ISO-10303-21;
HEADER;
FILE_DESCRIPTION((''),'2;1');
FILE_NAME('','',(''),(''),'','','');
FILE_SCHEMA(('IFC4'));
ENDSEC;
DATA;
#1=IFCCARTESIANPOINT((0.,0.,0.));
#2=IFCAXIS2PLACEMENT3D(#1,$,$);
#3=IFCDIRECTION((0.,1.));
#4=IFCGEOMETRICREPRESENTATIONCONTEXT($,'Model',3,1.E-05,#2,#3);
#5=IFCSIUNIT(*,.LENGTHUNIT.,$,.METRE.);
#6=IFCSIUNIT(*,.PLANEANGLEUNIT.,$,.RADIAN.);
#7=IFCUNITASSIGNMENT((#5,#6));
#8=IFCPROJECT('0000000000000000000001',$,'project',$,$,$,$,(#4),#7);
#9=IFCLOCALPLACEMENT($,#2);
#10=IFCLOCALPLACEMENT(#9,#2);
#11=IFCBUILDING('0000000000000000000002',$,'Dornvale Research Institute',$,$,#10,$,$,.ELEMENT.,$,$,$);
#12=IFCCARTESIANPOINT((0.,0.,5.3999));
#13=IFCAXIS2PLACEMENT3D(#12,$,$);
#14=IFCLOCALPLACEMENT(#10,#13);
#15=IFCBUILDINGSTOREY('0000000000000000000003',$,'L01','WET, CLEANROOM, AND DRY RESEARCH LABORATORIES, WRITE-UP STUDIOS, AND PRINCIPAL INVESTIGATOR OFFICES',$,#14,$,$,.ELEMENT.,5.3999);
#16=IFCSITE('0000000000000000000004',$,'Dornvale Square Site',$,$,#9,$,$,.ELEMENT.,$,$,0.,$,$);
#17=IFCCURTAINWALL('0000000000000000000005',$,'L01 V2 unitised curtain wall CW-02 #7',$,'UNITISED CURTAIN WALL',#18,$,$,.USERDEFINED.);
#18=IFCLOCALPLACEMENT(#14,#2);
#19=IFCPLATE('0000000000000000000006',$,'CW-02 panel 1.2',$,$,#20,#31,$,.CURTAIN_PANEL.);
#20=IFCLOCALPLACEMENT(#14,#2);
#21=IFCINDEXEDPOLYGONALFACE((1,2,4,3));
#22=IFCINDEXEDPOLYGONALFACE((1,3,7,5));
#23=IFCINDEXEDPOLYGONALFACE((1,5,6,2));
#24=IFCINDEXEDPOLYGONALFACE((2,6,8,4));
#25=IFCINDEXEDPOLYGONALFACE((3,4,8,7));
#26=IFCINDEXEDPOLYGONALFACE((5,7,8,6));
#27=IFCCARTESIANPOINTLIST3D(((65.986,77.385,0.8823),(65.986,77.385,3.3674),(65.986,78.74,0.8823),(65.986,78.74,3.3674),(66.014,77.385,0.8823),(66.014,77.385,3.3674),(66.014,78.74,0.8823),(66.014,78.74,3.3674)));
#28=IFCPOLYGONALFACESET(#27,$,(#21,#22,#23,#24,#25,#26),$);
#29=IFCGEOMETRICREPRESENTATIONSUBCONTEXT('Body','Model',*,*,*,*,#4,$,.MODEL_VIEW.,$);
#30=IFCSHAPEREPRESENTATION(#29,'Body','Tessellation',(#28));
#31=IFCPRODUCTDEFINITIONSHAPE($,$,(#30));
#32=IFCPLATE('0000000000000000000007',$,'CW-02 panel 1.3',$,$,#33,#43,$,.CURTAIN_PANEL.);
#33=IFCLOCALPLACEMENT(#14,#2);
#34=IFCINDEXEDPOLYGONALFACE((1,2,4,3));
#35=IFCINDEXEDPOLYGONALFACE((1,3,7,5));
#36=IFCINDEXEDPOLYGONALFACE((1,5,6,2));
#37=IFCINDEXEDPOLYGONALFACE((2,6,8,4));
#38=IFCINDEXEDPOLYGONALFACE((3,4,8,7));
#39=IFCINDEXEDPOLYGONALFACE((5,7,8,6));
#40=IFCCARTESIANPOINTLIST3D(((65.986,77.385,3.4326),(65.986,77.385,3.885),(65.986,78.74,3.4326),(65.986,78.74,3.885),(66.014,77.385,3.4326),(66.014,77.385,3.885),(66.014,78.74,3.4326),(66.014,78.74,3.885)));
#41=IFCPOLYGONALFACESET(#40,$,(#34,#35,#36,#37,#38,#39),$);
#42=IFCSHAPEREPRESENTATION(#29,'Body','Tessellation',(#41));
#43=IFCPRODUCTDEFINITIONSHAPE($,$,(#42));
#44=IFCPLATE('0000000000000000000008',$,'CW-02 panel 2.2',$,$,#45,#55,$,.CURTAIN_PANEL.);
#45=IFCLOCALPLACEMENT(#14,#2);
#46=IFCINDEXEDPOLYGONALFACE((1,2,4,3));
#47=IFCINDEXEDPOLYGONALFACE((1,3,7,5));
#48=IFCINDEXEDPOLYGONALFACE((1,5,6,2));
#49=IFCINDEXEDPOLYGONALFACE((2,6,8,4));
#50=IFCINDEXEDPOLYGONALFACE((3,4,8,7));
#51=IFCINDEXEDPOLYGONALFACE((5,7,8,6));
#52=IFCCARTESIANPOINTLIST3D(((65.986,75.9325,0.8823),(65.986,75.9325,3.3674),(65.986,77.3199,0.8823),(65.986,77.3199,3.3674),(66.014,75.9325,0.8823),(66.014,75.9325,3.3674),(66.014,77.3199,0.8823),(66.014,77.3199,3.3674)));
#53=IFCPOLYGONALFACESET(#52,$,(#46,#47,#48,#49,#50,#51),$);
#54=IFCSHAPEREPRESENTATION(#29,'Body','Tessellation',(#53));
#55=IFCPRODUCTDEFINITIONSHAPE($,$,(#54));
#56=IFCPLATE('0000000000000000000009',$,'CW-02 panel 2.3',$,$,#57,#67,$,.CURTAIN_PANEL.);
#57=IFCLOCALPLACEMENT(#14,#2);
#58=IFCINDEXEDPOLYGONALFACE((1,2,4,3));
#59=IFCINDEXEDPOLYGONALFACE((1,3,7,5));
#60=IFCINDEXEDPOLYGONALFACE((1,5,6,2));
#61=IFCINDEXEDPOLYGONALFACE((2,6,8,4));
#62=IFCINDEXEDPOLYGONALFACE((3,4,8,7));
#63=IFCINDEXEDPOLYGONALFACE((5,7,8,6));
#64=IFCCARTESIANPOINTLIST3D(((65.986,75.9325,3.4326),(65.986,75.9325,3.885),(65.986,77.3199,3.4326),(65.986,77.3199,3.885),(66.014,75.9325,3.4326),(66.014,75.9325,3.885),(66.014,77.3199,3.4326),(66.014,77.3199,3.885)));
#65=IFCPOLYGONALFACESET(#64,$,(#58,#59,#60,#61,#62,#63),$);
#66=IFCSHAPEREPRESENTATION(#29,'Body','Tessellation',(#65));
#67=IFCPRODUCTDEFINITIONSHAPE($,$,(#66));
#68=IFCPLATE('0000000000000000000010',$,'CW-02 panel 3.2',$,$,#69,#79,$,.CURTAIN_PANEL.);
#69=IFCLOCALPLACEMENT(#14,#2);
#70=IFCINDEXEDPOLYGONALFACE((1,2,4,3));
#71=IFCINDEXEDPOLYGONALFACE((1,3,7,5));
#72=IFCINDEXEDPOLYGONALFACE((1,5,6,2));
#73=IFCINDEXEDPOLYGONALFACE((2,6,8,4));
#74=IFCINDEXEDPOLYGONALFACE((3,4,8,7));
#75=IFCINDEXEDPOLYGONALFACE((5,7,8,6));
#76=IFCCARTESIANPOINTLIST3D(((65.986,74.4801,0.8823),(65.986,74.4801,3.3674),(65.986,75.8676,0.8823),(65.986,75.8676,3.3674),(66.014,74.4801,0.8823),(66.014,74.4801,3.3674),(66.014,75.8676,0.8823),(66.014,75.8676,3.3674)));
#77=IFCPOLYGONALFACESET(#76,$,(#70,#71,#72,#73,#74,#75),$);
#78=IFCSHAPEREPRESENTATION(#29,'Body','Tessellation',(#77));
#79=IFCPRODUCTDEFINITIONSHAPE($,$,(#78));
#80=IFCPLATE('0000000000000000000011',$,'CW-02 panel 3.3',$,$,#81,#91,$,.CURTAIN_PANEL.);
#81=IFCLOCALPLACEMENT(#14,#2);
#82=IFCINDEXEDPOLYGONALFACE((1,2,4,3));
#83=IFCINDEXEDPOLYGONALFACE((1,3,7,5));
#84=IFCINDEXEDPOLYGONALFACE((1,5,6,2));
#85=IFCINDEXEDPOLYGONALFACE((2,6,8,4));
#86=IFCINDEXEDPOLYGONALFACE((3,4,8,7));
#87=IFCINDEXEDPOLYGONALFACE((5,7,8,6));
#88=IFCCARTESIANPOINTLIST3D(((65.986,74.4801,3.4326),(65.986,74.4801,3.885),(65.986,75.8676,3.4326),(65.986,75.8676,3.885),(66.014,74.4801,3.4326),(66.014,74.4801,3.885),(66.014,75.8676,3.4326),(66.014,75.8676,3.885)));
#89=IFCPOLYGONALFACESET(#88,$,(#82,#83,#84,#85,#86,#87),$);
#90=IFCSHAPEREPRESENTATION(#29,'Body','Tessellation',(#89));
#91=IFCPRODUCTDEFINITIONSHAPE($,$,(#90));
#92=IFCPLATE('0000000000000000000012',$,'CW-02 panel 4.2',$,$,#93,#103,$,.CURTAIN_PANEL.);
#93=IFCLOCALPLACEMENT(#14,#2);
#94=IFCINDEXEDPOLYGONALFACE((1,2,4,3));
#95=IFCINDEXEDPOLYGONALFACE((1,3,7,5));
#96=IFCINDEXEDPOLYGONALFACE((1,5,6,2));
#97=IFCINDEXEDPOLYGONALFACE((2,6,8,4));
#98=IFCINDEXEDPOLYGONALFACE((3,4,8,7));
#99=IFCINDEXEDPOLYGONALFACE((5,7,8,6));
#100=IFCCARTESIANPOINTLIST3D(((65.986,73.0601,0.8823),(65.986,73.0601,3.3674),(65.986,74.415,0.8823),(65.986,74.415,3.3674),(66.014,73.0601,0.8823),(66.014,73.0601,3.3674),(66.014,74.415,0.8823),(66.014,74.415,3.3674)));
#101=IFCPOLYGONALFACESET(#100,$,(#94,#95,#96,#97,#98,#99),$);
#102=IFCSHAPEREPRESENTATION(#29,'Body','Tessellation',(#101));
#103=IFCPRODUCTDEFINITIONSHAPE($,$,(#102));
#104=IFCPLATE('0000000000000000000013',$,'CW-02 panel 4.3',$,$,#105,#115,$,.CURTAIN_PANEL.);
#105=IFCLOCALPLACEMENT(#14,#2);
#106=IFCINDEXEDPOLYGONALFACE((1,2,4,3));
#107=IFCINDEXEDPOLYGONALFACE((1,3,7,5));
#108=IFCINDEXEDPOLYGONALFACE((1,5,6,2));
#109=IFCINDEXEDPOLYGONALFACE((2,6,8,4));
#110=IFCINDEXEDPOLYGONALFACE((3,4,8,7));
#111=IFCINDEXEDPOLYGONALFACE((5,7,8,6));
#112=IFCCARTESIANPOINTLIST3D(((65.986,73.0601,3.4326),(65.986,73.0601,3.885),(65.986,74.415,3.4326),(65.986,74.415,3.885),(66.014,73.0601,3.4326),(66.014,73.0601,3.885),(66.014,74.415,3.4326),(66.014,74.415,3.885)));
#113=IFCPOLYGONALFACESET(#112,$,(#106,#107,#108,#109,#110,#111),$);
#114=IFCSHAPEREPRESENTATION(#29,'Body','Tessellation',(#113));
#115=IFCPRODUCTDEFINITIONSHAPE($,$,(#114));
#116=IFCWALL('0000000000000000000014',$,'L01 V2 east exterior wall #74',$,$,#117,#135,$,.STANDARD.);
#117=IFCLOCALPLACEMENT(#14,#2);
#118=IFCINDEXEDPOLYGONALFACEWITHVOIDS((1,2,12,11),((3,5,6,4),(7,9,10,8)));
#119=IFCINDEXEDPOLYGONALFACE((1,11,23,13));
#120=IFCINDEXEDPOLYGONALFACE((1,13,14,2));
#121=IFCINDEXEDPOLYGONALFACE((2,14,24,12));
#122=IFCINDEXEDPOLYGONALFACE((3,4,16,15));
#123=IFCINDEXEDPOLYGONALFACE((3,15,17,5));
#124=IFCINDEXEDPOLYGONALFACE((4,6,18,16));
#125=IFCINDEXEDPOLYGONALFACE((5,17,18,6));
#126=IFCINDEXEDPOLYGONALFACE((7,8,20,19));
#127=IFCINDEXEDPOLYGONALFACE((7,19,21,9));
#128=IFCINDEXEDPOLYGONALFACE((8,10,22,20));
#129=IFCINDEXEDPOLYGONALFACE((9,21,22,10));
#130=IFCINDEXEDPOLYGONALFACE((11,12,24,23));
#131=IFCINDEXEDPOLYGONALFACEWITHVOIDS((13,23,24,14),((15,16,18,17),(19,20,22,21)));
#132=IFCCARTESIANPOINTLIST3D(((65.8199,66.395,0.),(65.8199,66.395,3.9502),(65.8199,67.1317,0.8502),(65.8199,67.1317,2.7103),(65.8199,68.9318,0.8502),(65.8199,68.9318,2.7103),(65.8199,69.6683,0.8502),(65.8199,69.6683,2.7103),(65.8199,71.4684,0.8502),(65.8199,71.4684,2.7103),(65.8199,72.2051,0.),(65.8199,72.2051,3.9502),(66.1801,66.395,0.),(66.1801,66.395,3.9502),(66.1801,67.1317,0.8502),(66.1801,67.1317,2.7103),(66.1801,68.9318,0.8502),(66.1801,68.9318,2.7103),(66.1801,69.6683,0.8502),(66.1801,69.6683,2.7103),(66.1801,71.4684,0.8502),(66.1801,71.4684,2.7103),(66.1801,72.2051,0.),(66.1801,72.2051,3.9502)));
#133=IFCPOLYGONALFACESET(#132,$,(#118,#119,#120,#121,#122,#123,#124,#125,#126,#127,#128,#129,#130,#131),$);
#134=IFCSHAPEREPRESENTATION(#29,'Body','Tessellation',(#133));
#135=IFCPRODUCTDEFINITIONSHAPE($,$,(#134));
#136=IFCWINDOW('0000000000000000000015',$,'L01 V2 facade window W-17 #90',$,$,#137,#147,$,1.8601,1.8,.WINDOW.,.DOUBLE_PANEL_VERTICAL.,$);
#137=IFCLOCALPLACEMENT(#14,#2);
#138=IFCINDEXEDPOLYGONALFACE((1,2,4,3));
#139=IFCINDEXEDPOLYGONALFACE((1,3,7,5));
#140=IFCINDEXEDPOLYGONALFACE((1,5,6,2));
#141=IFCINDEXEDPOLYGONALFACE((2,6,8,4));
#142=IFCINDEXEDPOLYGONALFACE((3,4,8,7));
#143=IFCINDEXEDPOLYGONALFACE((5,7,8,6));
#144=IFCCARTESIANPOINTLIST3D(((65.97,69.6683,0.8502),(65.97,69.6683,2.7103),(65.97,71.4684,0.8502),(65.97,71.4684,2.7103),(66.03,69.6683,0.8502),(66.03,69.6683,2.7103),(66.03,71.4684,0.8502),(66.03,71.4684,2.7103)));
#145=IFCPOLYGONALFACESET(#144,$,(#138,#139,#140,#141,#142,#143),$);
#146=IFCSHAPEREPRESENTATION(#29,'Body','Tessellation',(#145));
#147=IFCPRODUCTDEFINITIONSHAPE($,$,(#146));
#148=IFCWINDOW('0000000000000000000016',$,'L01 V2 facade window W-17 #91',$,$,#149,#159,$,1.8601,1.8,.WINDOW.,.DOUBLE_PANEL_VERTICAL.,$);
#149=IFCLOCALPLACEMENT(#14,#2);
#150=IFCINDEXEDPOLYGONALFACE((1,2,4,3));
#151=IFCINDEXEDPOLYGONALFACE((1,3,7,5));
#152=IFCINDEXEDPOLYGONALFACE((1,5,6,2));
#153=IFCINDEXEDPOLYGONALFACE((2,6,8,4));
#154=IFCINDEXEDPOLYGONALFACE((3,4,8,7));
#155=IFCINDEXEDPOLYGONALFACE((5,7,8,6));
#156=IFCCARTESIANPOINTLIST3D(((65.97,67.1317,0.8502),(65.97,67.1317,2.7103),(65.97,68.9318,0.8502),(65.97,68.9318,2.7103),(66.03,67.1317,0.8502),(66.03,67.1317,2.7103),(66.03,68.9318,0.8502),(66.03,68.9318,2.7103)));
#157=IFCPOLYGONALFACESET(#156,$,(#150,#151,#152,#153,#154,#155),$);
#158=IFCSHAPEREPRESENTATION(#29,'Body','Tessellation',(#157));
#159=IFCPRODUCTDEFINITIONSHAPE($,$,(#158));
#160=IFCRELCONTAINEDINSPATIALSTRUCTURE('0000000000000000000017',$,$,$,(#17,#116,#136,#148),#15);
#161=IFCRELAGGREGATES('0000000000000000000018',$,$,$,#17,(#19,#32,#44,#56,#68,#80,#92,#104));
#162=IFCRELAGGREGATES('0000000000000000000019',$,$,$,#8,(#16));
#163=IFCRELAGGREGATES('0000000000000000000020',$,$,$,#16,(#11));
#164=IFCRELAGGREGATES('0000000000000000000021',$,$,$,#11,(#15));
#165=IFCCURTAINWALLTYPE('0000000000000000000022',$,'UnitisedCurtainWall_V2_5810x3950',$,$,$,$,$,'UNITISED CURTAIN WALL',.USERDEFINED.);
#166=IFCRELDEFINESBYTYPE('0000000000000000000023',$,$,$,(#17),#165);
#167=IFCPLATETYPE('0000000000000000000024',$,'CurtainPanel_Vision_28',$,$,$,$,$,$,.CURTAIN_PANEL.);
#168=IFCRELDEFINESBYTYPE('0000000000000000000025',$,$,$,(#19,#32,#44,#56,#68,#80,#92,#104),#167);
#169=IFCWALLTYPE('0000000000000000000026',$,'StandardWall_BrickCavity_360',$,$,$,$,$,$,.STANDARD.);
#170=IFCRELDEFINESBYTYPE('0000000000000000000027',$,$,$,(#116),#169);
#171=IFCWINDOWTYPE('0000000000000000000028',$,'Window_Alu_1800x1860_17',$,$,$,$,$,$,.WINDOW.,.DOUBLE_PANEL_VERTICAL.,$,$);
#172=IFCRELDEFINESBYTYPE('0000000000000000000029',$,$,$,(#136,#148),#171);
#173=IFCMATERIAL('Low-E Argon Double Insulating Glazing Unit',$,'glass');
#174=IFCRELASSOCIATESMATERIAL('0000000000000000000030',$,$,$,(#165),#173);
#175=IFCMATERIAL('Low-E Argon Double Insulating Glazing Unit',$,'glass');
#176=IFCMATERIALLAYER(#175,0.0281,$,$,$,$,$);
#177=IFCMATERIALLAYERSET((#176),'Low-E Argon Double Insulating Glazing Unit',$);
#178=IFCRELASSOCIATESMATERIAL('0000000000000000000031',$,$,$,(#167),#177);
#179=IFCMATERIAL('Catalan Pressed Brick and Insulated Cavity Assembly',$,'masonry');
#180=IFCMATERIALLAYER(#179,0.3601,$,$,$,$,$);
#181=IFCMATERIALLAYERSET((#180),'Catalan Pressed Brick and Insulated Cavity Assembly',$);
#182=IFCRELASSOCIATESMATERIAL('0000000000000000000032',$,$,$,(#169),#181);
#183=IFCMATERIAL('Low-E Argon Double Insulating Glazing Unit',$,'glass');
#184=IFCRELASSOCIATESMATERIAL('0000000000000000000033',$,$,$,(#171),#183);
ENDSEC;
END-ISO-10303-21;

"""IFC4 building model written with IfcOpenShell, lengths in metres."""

from ifc_helpers import new_model, si_unit, direction, frame, frame_2d, origin, origin_2d, place, context, subcontext, project, spatial, rectangle, extrude, material, layer, layer_set, type_object, element, fill, aggregate, save


model = new_model("IFC4")

# Units and contexts
model_context = context("Model", 3, precision=1e-05, world=origin(), true_north=direction((0.0, 1.0)))
body_context = subcontext(model_context, "Body", "Model", "MODEL_VIEW")
ifc_project = project(units=[si_unit("LENGTHUNIT", "METRE"), si_unit("PLANEANGLEUNIT", "RADIAN")], contexts=[model_context])

# Site, building, storey
site_placement = place(None, origin())
site = spatial("IfcSite", under=ifc_project, at=site_placement, Name="Dornvale Square Site", CompositionType="ELEMENT", RefElevation=0.0)
building_placement = place(site_placement, origin())
building = spatial("IfcBuilding", under=site, at=building_placement, Name="Dornvale Research Institute", CompositionType="ELEMENT")
storey_placement = place(building_placement, frame((0.0, 0.0, 5.3999)))
storey = spatial("IfcBuildingStorey", under=building, at=storey_placement, Name="L01", Description="WET, CLEANROOM, AND DRY RESEARCH LABORATORIES, WRITE-UP STUDIOS, AND PRINCIPAL INVESTIGATOR OFFICES", CompositionType="ELEMENT", Elevation=5.3999)

# Curtain wall
ifc_material_1 = material(Name="Low-E Argon Double Insulating Glazing Unit", Category="glass")
curtain_wall_type = type_object("IfcCurtainWallType", Name="UnitisedCurtainWall_V2_5810x3950", ElementType="UNITISED CURTAIN WALL", PredefinedType="USERDEFINED", material=ifc_material_1)
curtain_wall_1_placement = place(storey_placement, origin())
curtain_wall_1 = element("IfcCurtainWall", 1, at=curtain_wall_1_placement, inside=storey, type_object=curtain_wall_type, Name="L01 V2 unitised curtain wall CW-02 #7", ObjectType="UNITISED CURTAIN WALL", PredefinedType="USERDEFINED")

# Plates
ifc_material_2 = material(Name="Low-E Argon Double Insulating Glazing Unit", Category="glass")
ifc_layer_1 = layer(ifc_material_2, 0.0281)
ifc_layer_set_1 = layer_set([ifc_layer_1], Name="Low-E Argon Double Insulating Glazing Unit")
plate_type_1 = type_object("IfcPlateType", Name="CurtainPanel_Vision_28", PredefinedType="CURTAIN_PANEL", material=ifc_layer_set_1)
plate_1_placement = place(storey_placement, frame((66.0, 78.0625, 0.8823), z_axis=(0.0, 0.0, 1.0), x_axis=(0.0, -1.0, 0.0)))
plate_1 = element("IfcPlate", 2, at=plate_1_placement, type_object=plate_type_1, Name="CW-02 panel 1.2", PredefinedType="CURTAIN_PANEL", context=body_context, shape_type="SweptSolid", body=[
    extrude(rectangle(XDim=1.355, YDim=0.0281, at=origin_2d()), origin(), (0.0, 0.0, 1.0), 2.4851),
])
plate_2_placement = place(storey_placement, frame((66.0, 78.0625, 3.4326), z_axis=(0.0, 0.0, 1.0), x_axis=(0.0, -1.0, 0.0)))
plate_2 = element("IfcPlate", 3, at=plate_2_placement, type_object=plate_type_1, Name="CW-02 panel 1.3", PredefinedType="CURTAIN_PANEL", context=body_context, shape_type="SweptSolid", body=[
    extrude(rectangle(XDim=1.355, YDim=0.0281, at=origin_2d()), origin(), (0.0, 0.0, 1.0), 0.4524),
])
plate_3_placement = place(storey_placement, frame((66.0, 76.6262, 0.8823), z_axis=(0.0, 0.0, 1.0), x_axis=(0.0, -1.0, 0.0)))
plate_3 = element("IfcPlate", 4, at=plate_3_placement, type_object=plate_type_1, Name="CW-02 panel 2.2", PredefinedType="CURTAIN_PANEL", context=body_context, shape_type="SweptSolid", body=[
    extrude(rectangle(XDim=1.3875, YDim=0.0281, at=origin_2d()), origin(), (0.0, 0.0, 1.0), 2.4851),
])
plate_4_placement = place(storey_placement, frame((66.0, 76.6262, 3.4326), z_axis=(0.0, 0.0, 1.0), x_axis=(0.0, -1.0, 0.0)))
plate_4 = element("IfcPlate", 5, at=plate_4_placement, type_object=plate_type_1, Name="CW-02 panel 2.3", PredefinedType="CURTAIN_PANEL", context=body_context, shape_type="SweptSolid", body=[
    extrude(rectangle(XDim=1.3875, YDim=0.0281, at=origin_2d()), origin(), (0.0, 0.0, 1.0), 0.4524),
])
plate_5_placement = place(storey_placement, frame((66.0, 75.1738, 0.8823), z_axis=(0.0, 0.0, 1.0), x_axis=(0.0, -1.0, 0.0)))
plate_5 = element("IfcPlate", 6, at=plate_5_placement, type_object=plate_type_1, Name="CW-02 panel 3.2", PredefinedType="CURTAIN_PANEL", context=body_context, shape_type="SweptSolid", body=[
    extrude(rectangle(XDim=1.3875, YDim=0.0281, at=origin_2d()), origin(), (0.0, 0.0, 1.0), 2.4851),
])
plate_6_placement = place(storey_placement, frame((66.0, 75.1738, 3.4326), z_axis=(0.0, 0.0, 1.0), x_axis=(0.0, -1.0, 0.0)))
plate_6 = element("IfcPlate", 7, at=plate_6_placement, type_object=plate_type_1, Name="CW-02 panel 3.3", PredefinedType="CURTAIN_PANEL", context=body_context, shape_type="SweptSolid", body=[
    extrude(rectangle(XDim=1.3875, YDim=0.0281, at=origin_2d()), origin(), (0.0, 0.0, 1.0), 0.4524),
])
plate_7_placement = place(storey_placement, frame((66.0, 73.7375, 0.8823), z_axis=(0.0, 0.0, 1.0), x_axis=(0.0, -1.0, 0.0)))
plate_7 = element("IfcPlate", 8, at=plate_7_placement, type_object=plate_type_1, Name="CW-02 panel 4.2", PredefinedType="CURTAIN_PANEL", context=body_context, shape_type="SweptSolid", body=[
    extrude(rectangle(XDim=1.355, YDim=0.0281, at=origin_2d()), origin(), (0.0, 0.0, 1.0), 2.4851),
])
plate_8_placement = place(storey_placement, frame((66.0, 73.7375, 3.4326), z_axis=(0.0, 0.0, 1.0), x_axis=(0.0, -1.0, 0.0)))
plate_8 = element("IfcPlate", 9, at=plate_8_placement, type_object=plate_type_1, Name="CW-02 panel 4.3", PredefinedType="CURTAIN_PANEL", context=body_context, shape_type="SweptSolid", body=[
    extrude(rectangle(XDim=1.355, YDim=0.0281, at=origin_2d()), origin(), (0.0, 0.0, 1.0), 0.4524),
])
aggregate(curtain_wall_1, [plate_1, plate_2, plate_3, plate_4, plate_5, plate_6, plate_7, plate_8])

# Wall, openings, windows
ifc_material_3 = material(Name="Catalan Pressed Brick and Insulated Cavity Assembly", Category="masonry")
ifc_layer_2 = layer(ifc_material_3, 0.3601)
ifc_layer_set_2 = layer_set([ifc_layer_2], Name="Catalan Pressed Brick and Insulated Cavity Assembly")
wall_type = type_object("IfcWallType", Name="StandardWall_BrickCavity_360", PredefinedType="STANDARD", material=ifc_layer_set_2)
wall_placement = place(storey_placement, frame((66.0, 72.2051, 0.0), z_axis=(0.0, 0.0, 1.0), x_axis=(0.0, -1.0, 0.0)))
wall = element("IfcWall", 10, at=wall_placement, inside=storey, type_object=wall_type, Name="L01 V2 east exterior wall #74", PredefinedType="STANDARD", context=body_context, shape_type="SweptSolid", body=[
    extrude(rectangle(XDim=5.8101, YDim=0.3601, at=frame_2d((2.905, 0.0))), origin(), (0.0, 0.0, 1.0), 3.9502),
])
opening_1_placement = place(wall_placement, frame((0.7368, 0.0, 0.8501)))
opening_1 = element("IfcOpeningElement", 11, at=opening_1_placement, cuts=wall, PredefinedType="OPENING", context=body_context, shape_type="SweptSolid", body=[
    extrude(rectangle(XDim=1.8, YDim=1.8601, at=frame_2d((0.8999, 0.9302))), frame((0.0, 0.1951, 0.0), z_axis=(0.0, -1.0, 0.0), x_axis=(1.0, 0.0, 0.0)), (0.0, 0.0, 1.0), 0.3901),
])
opening_2_placement = place(wall_placement, frame((3.2734, 0.0, 0.8501)))
opening_2 = element("IfcOpeningElement", 12, at=opening_2_placement, cuts=wall, PredefinedType="OPENING", context=body_context, shape_type="SweptSolid", body=[
    extrude(rectangle(XDim=1.8, YDim=1.8601, at=frame_2d((0.8999, 0.9302))), frame((0.0, 0.1951, 0.0), z_axis=(0.0, -1.0, 0.0), x_axis=(1.0, 0.0, 0.0)), (0.0, 0.0, 1.0), 0.3901),
])
ifc_material_4 = material(Name="Low-E Argon Double Insulating Glazing Unit", Category="glass")
window_type = type_object("IfcWindowType", Name="Window_Alu_1800x1860_17", PartitioningType="DOUBLE_PANEL_VERTICAL", PredefinedType="WINDOW", material=ifc_material_4)
window_1_placement = place(opening_1_placement, origin())
window_1 = element("IfcWindow", 13, at=window_1_placement, inside=storey, type_object=window_type, Name="L01 V2 facade window W-17 #90", OverallHeight=1.8601, OverallWidth=1.8, PartitioningType="DOUBLE_PANEL_VERTICAL", PredefinedType="WINDOW", context=body_context, shape_type="SweptSolid", body=[
    extrude(rectangle(XDim=1.8, YDim=1.8601, at=frame_2d((0.8999, 0.9302))), frame((0.0, 0.03, 0.0), z_axis=(0.0, -1.0, 0.0), x_axis=(1.0, 0.0, 0.0)), (0.0, 0.0, 1.0), 0.0601),
])
fill(opening_1, window_1)
window_2_placement = place(opening_2_placement, origin())
window_2 = element("IfcWindow", 14, at=window_2_placement, inside=storey, type_object=window_type, Name="L01 V2 facade window W-17 #91", OverallHeight=1.8601, OverallWidth=1.8, PartitioningType="DOUBLE_PANEL_VERTICAL", PredefinedType="WINDOW", context=body_context, shape_type="SweptSolid", body=[
    extrude(rectangle(XDim=1.8, YDim=1.8601, at=frame_2d((0.8999, 0.9302))), frame((0.0, 0.03, 0.0), z_axis=(0.0, -1.0, 0.0), x_axis=(1.0, 0.0, 0.0)), (0.0, 0.0, 1.0), 0.0601),
])
fill(opening_2, window_2)

save(model, "model.ifc")
